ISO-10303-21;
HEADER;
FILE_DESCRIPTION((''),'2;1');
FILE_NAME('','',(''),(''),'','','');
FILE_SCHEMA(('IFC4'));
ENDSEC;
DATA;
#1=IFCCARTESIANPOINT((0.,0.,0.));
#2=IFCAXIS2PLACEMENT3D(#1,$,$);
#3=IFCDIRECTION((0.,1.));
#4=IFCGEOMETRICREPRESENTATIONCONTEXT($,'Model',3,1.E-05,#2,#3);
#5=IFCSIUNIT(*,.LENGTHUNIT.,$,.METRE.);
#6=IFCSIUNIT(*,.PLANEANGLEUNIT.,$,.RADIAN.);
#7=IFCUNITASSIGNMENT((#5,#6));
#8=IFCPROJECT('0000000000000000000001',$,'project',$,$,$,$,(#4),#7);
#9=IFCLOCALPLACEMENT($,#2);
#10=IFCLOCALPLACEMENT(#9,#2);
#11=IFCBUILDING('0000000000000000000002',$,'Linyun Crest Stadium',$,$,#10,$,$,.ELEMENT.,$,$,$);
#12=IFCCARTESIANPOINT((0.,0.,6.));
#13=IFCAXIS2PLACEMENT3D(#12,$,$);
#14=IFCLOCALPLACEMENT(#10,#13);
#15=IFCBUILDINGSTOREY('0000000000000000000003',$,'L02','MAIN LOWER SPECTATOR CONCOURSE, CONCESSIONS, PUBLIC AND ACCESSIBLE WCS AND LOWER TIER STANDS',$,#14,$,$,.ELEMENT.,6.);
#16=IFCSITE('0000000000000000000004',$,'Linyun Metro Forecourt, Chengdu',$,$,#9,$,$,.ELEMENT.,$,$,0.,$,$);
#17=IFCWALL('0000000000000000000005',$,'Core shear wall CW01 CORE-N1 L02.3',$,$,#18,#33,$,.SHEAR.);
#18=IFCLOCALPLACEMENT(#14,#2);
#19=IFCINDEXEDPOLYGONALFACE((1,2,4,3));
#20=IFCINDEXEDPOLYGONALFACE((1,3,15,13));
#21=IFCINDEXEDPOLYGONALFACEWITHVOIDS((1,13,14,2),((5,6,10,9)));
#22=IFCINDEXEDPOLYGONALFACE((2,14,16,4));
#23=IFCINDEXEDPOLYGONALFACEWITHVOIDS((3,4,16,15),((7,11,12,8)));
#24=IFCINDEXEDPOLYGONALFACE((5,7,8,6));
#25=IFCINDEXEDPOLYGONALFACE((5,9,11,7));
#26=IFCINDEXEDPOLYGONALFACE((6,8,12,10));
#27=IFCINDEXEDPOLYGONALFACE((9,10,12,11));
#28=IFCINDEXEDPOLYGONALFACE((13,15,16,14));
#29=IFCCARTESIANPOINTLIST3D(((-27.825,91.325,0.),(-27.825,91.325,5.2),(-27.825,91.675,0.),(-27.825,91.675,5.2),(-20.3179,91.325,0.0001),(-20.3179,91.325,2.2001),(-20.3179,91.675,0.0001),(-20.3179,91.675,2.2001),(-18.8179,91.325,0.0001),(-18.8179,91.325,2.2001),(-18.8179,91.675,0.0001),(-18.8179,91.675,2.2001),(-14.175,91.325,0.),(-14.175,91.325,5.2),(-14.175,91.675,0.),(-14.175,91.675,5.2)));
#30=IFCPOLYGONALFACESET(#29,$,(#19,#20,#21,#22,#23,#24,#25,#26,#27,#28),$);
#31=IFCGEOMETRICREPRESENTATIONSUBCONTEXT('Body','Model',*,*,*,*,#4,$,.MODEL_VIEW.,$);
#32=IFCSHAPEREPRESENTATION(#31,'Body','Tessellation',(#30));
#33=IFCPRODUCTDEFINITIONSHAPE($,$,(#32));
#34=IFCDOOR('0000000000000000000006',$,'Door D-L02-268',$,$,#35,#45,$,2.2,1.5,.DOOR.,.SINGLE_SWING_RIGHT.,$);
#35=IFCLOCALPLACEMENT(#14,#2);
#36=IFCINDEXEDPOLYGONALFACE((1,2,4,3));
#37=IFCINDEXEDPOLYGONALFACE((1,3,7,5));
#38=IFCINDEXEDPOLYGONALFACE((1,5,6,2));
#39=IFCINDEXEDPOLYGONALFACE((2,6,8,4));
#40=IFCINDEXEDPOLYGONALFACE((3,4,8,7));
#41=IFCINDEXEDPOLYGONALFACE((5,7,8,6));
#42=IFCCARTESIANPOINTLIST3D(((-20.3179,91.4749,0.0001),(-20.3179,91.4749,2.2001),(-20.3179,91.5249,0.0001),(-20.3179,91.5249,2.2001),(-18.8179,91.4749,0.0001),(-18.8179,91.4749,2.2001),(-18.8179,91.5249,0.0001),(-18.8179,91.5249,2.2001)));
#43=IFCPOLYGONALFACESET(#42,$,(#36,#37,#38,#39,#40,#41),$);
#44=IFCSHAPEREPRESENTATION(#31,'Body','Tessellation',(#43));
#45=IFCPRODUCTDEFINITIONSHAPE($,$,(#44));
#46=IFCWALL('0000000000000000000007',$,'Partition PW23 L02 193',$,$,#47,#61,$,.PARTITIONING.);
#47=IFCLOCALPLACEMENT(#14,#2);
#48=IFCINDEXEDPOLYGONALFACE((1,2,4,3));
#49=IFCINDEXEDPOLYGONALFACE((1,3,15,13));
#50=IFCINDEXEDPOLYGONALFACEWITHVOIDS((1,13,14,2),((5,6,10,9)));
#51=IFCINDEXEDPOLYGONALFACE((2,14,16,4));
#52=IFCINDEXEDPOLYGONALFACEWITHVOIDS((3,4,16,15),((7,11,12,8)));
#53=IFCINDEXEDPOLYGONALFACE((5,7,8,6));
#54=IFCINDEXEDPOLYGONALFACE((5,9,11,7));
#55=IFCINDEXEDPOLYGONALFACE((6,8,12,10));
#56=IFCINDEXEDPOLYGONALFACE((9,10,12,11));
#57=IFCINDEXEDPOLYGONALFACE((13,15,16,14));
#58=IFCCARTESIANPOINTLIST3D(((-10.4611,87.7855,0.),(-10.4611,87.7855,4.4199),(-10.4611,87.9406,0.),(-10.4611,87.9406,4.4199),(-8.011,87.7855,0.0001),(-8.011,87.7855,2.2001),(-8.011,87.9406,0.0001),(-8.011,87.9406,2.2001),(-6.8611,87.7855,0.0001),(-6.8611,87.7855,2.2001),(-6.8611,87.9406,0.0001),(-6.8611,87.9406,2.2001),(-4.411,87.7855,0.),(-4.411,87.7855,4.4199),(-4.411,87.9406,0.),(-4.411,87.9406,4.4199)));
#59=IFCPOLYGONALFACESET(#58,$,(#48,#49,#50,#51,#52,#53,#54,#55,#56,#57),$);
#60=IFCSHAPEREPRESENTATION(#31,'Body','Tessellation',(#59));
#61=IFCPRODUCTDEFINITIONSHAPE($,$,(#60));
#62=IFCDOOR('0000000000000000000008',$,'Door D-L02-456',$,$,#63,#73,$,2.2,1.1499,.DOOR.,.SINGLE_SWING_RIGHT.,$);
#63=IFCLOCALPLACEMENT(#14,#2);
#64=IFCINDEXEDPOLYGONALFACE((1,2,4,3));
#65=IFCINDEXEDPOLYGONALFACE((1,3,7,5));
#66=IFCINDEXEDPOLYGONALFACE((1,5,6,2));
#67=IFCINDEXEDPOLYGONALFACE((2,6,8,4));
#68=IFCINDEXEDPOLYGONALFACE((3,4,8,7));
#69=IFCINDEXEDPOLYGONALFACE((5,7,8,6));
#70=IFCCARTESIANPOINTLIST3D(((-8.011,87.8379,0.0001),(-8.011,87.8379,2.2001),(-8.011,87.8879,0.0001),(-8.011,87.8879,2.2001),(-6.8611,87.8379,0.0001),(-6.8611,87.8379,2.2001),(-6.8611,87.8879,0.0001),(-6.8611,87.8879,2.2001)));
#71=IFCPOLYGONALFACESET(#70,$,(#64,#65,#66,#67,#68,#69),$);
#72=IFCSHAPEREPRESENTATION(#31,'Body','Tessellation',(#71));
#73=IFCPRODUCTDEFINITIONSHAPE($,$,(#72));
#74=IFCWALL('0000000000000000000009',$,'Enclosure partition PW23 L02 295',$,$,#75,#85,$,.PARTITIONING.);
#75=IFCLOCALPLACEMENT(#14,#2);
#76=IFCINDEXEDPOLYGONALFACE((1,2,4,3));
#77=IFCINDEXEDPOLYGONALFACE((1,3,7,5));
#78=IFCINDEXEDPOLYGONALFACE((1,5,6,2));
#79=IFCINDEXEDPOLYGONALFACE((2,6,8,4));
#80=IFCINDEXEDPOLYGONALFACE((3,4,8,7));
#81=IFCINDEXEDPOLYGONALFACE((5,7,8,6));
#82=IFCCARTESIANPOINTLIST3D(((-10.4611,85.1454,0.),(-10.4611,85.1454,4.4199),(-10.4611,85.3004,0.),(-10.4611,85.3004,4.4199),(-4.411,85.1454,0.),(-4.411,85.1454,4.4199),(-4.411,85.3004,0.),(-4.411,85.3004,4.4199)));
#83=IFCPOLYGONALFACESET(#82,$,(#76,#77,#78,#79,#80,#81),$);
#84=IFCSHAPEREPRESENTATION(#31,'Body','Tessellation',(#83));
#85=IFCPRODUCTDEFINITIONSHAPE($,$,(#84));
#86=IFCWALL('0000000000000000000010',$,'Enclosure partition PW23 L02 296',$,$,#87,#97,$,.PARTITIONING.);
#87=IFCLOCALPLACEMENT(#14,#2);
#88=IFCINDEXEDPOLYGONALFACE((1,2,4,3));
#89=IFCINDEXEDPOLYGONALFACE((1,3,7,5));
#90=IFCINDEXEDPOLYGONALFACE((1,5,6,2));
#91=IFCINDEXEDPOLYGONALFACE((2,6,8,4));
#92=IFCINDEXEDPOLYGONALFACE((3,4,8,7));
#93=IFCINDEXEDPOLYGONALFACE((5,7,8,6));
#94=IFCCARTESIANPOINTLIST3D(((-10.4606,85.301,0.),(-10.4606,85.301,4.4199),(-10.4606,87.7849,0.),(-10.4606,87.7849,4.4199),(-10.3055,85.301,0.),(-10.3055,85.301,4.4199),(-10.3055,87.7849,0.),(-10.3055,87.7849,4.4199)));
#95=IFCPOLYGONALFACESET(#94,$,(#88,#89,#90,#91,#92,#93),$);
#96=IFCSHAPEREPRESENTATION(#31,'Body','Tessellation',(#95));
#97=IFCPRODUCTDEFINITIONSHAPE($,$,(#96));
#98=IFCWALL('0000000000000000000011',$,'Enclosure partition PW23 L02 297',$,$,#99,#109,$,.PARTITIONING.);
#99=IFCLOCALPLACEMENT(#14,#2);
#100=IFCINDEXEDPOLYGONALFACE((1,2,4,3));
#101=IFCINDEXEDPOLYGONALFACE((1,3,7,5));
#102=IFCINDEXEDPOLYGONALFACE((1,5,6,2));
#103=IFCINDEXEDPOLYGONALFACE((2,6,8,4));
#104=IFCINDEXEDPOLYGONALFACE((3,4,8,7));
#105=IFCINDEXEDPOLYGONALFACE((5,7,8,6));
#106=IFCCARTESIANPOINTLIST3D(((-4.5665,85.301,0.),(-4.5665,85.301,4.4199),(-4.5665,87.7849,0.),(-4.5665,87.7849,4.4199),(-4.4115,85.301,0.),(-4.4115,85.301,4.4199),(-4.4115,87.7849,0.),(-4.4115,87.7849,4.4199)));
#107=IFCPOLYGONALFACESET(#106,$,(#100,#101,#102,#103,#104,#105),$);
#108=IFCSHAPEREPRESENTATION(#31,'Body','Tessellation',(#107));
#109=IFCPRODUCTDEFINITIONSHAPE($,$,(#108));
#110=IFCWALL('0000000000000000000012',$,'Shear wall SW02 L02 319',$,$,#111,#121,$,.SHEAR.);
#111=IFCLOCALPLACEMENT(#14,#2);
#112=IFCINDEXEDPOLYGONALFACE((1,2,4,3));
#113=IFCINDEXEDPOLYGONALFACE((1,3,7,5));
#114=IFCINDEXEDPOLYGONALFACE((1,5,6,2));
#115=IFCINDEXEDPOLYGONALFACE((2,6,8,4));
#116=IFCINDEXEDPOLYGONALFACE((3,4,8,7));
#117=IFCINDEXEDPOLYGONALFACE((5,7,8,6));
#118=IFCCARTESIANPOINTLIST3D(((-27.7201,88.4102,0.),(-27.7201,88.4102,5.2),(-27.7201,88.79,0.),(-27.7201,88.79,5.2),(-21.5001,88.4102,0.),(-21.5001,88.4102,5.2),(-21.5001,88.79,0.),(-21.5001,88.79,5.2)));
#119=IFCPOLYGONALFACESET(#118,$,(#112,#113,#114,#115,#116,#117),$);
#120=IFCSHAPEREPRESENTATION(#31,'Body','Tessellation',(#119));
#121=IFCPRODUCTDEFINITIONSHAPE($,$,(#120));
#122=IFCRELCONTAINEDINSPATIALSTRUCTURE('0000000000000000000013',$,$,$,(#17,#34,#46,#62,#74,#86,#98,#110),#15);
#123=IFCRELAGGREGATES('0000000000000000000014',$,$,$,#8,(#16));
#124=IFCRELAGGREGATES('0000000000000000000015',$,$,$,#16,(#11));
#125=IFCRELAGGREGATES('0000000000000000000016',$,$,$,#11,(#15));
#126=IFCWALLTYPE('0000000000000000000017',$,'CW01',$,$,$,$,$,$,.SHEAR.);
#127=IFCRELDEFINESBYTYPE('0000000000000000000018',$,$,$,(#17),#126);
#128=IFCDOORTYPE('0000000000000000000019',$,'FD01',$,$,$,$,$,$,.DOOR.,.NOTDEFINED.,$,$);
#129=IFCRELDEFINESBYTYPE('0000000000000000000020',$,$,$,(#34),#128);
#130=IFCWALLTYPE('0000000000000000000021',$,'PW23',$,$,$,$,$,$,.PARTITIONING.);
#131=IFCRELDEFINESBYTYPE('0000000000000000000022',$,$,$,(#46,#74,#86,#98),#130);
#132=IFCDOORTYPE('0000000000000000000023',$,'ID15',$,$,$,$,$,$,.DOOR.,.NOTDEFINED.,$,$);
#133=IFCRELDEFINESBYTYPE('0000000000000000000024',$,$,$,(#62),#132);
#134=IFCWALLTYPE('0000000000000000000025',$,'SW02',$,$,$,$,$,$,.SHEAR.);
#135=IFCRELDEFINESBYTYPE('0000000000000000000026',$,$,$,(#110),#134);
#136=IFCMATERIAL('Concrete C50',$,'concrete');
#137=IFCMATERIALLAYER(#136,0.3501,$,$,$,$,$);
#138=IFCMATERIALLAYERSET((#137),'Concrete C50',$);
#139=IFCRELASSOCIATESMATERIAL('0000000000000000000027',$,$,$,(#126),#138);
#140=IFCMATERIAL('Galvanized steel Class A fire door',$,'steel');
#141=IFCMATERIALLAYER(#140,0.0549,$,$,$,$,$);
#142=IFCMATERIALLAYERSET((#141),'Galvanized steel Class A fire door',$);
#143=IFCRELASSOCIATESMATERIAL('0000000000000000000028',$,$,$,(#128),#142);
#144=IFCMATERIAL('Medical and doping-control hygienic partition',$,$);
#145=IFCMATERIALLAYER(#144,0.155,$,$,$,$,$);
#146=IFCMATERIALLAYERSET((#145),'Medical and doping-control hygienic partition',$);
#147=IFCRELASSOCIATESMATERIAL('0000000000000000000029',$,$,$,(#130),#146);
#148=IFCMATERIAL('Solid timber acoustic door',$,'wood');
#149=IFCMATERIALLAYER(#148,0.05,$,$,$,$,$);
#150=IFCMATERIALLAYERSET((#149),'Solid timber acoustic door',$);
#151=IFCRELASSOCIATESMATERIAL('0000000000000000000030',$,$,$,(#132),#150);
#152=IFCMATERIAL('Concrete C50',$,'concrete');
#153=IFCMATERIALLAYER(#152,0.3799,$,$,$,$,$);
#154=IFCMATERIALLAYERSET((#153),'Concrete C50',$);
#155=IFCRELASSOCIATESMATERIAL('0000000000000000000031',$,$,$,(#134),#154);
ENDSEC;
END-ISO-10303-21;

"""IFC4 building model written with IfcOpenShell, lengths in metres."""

from ifc_helpers import new_model, si_unit, direction, frame, frame_2d, origin, place, context, subcontext, project, spatial, rectangle, extrude, material, layer, layer_set, type_object, element, fill, save


model = new_model("IFC4")

# Units and contexts
model_context = context("Model", 3, precision=1e-05, world=origin(), true_north=direction((0.0, 1.0)))
body_context = subcontext(model_context, "Body", "Model", "MODEL_VIEW")
ifc_project = project(units=[si_unit("LENGTHUNIT", "METRE"), si_unit("PLANEANGLEUNIT", "RADIAN")], contexts=[model_context])

# Site, building, storey
site_placement = place(None, origin())
site = spatial("IfcSite", under=ifc_project, at=site_placement, Name="Linyun Metro Forecourt, Chengdu", CompositionType="ELEMENT", RefElevation=0.0)
building_placement = place(site_placement, origin())
building = spatial("IfcBuilding", under=site, at=building_placement, Name="Linyun Crest Stadium", CompositionType="ELEMENT")
storey_placement = place(building_placement, frame((0.0, 0.0, 6.0)))
storey = spatial("IfcBuildingStorey", under=building, at=storey_placement, Name="L02", Description="MAIN LOWER SPECTATOR CONCOURSE, CONCESSIONS, PUBLIC AND ACCESSIBLE WCS AND LOWER TIER STANDS", CompositionType="ELEMENT", Elevation=6.0)

# Walls, openings, doors
ifc_material_1 = material(Name="Concrete C50", Category="concrete")
ifc_layer_1 = layer(ifc_material_1, 0.3501)
ifc_layer_set_1 = layer_set([ifc_layer_1], Name="Concrete C50")
wall_type_1 = type_object("IfcWallType", Name="CW01", PredefinedType="SHEAR", material=ifc_layer_set_1)
wall_1_placement = place(storey_placement, frame((-27.825, 91.5, 0.0), z_axis=(0.0, 0.0, 1.0), x_axis=(1.0, 0.0, 0.0)))
wall_1 = element("IfcWall", 1, at=wall_1_placement, inside=storey, type_object=wall_type_1, Name="Core shear wall CW01 CORE-N1 L02.3", PredefinedType="SHEAR", context=body_context, shape_type="SweptSolid", body=[
    extrude(rectangle(XDim=13.6499, YDim=0.3501, at=frame_2d((6.825, 0.0))), origin(), (0.0, 0.0, 1.0), 5.2),
])
opening_1_placement = place(wall_1_placement, frame((7.5071, 0.0, 0.0)))
opening_1 = element("IfcOpeningElement", 2, at=opening_1_placement, cuts=wall_1, PredefinedType="OPENING", context=body_context, shape_type="SweptSolid", body=[
    extrude(rectangle(XDim=1.5, YDim=2.2, at=frame_2d((0.75, 1.1001))), frame((0.0, 0.1851, 0.0), z_axis=(0.0, -1.0, 0.0), x_axis=(1.0, 0.0, 0.0)), (0.0, 0.0, 1.0), 0.3701),
])
ifc_material_2 = material(Name="Galvanized steel Class A fire door", Category="steel")
ifc_layer_2 = layer(ifc_material_2, 0.0549)
ifc_layer_set_2 = layer_set([ifc_layer_2], Name="Galvanized steel Class A fire door")
door_type_1 = type_object("IfcDoorType", Name="FD01", OperationType="NOTDEFINED", PredefinedType="DOOR", material=ifc_layer_set_2)
door_1_placement = place(opening_1_placement, origin())
door_1 = element("IfcDoor", 3, at=door_1_placement, inside=storey, type_object=door_type_1, Name="Door D-L02-268", OperationType="SINGLE_SWING_RIGHT", OverallHeight=2.2, OverallWidth=1.5, PredefinedType="DOOR", context=body_context, shape_type="SweptSolid", body=[
    extrude(rectangle(XDim=1.5, YDim=2.2, at=frame_2d((0.75, 1.1001))), frame((0.0, 0.0249, 0.0), z_axis=(0.0, -1.0, 0.0), x_axis=(1.0, 0.0, 0.0)), (0.0, 0.0, 1.0), 0.05),
])
fill(opening_1, door_1)
ifc_material_3 = material(Name="Medical and doping-control hygienic partition")
ifc_layer_3 = layer(ifc_material_3, 0.155)
ifc_layer_set_3 = layer_set([ifc_layer_3], Name="Medical and doping-control hygienic partition")
wall_type_2 = type_object("IfcWallType", Name="PW23", PredefinedType="PARTITIONING", material=ifc_layer_set_3)
wall_2_placement = place(storey_placement, frame((-10.4609, 87.863, 0.0), z_axis=(0.0, 0.0, 1.0), x_axis=(1.0, 0.0, 0.0)))
wall_2 = element("IfcWall", 4, at=wall_2_placement, inside=storey, type_object=wall_type_2, Name="Partition PW23 L02 193", PredefinedType="PARTITIONING", context=body_context, shape_type="SweptSolid", body=[
    extrude(rectangle(XDim=6.05, YDim=0.155, at=frame_2d((3.0249, 0.0))), origin(), (0.0, 0.0, 1.0), 4.4199),
])
opening_2_placement = place(wall_2_placement, frame((2.45, 0.0, 0.0)))
opening_2 = element("IfcOpeningElement", 5, at=opening_2_placement, cuts=wall_2, PredefinedType="OPENING", context=body_context, shape_type="SweptSolid", body=[
    extrude(rectangle(XDim=1.1499, YDim=2.2, at=frame_2d((0.575, 1.1001))), frame((0.0, 0.0874, 0.0), z_axis=(0.0, -1.0, 0.0), x_axis=(1.0, 0.0, 0.0)), (0.0, 0.0, 1.0), 0.175),
])
ifc_material_4 = material(Name="Solid timber acoustic door", Category="wood")
ifc_layer_4 = layer(ifc_material_4, 0.05)
ifc_layer_set_4 = layer_set([ifc_layer_4], Name="Solid timber acoustic door")
door_type_2 = type_object("IfcDoorType", Name="ID15", OperationType="NOTDEFINED", PredefinedType="DOOR", material=ifc_layer_set_4)
door_2_placement = place(opening_2_placement, origin())
door_2 = element("IfcDoor", 6, at=door_2_placement, inside=storey, type_object=door_type_2, Name="Door D-L02-456", OperationType="SINGLE_SWING_RIGHT", OverallHeight=2.2, OverallWidth=1.1499, PredefinedType="DOOR", context=body_context, shape_type="SweptSolid", body=[
    extrude(rectangle(XDim=1.1499, YDim=2.2, at=frame_2d((0.575, 1.1001))), frame((0.0, 0.0249, 0.0), z_axis=(0.0, -1.0, 0.0), x_axis=(1.0, 0.0, 0.0)), (0.0, 0.0, 1.0), 0.05),
])
fill(opening_2, door_2)

# Walls
wall_3_placement = place(storey_placement, frame((-10.4609, 85.2229, 0.0), z_axis=(0.0, 0.0, 1.0), x_axis=(1.0, 0.0, 0.0)))
element("IfcWall", 7, at=wall_3_placement, inside=storey, type_object=wall_type_2, Name="Enclosure partition PW23 L02 295", PredefinedType="PARTITIONING", context=body_context, shape_type="SweptSolid", body=[
    extrude(rectangle(XDim=6.05, YDim=0.155, at=frame_2d((3.0249, 0.0))), origin(), (0.0, 0.0, 1.0), 4.4199),
])
for number, where, z_axis, x_axis, name in (
    (8, (-10.3831, 85.301, 0.0), (0.0, 0.0, 1.0), (0.0, 1.0, 0.0), "Enclosure partition PW23 L02 296"),
    (9, (-4.489, 85.301, 0.0), (0.0, 0.0, 1.0), (0.0, 1.0, 0.0), "Enclosure partition PW23 L02 297"),
):
    element("IfcWall", number, at=place(storey_placement, frame(where, z_axis=z_axis, x_axis=x_axis)), inside=storey, type_object=wall_type_2, Name=name, PredefinedType="PARTITIONING", context=body_context, shape_type="SweptSolid", body=[
        extrude(rectangle(XDim=2.4839, YDim=0.155, at=frame_2d((1.2419, 0.0))), origin(), (0.0, 0.0, 1.0), 4.4199),
    ])
ifc_material_5 = material(Name="Concrete C50", Category="concrete")
ifc_layer_5 = layer(ifc_material_5, 0.3799)
ifc_layer_set_5 = layer_set([ifc_layer_5], Name="Concrete C50")
wall_type_3 = type_object("IfcWallType", Name="SW02", PredefinedType="SHEAR", material=ifc_layer_set_5)
wall_4_placement = place(storey_placement, frame((-27.72, 88.6001, 0.0), z_axis=(0.0, 0.0, 1.0), x_axis=(1.0, 0.0, 0.0)))
element("IfcWall", 10, at=wall_4_placement, inside=storey, type_object=wall_type_3, Name="Shear wall SW02 L02 319", PredefinedType="SHEAR", context=body_context, shape_type="SweptSolid", body=[
    extrude(rectangle(XDim=6.22, YDim=0.3799, at=frame_2d((3.1099, 0.0))), origin(), (0.0, 0.0, 1.0), 5.2),
])

save(model, "model.ifc")
